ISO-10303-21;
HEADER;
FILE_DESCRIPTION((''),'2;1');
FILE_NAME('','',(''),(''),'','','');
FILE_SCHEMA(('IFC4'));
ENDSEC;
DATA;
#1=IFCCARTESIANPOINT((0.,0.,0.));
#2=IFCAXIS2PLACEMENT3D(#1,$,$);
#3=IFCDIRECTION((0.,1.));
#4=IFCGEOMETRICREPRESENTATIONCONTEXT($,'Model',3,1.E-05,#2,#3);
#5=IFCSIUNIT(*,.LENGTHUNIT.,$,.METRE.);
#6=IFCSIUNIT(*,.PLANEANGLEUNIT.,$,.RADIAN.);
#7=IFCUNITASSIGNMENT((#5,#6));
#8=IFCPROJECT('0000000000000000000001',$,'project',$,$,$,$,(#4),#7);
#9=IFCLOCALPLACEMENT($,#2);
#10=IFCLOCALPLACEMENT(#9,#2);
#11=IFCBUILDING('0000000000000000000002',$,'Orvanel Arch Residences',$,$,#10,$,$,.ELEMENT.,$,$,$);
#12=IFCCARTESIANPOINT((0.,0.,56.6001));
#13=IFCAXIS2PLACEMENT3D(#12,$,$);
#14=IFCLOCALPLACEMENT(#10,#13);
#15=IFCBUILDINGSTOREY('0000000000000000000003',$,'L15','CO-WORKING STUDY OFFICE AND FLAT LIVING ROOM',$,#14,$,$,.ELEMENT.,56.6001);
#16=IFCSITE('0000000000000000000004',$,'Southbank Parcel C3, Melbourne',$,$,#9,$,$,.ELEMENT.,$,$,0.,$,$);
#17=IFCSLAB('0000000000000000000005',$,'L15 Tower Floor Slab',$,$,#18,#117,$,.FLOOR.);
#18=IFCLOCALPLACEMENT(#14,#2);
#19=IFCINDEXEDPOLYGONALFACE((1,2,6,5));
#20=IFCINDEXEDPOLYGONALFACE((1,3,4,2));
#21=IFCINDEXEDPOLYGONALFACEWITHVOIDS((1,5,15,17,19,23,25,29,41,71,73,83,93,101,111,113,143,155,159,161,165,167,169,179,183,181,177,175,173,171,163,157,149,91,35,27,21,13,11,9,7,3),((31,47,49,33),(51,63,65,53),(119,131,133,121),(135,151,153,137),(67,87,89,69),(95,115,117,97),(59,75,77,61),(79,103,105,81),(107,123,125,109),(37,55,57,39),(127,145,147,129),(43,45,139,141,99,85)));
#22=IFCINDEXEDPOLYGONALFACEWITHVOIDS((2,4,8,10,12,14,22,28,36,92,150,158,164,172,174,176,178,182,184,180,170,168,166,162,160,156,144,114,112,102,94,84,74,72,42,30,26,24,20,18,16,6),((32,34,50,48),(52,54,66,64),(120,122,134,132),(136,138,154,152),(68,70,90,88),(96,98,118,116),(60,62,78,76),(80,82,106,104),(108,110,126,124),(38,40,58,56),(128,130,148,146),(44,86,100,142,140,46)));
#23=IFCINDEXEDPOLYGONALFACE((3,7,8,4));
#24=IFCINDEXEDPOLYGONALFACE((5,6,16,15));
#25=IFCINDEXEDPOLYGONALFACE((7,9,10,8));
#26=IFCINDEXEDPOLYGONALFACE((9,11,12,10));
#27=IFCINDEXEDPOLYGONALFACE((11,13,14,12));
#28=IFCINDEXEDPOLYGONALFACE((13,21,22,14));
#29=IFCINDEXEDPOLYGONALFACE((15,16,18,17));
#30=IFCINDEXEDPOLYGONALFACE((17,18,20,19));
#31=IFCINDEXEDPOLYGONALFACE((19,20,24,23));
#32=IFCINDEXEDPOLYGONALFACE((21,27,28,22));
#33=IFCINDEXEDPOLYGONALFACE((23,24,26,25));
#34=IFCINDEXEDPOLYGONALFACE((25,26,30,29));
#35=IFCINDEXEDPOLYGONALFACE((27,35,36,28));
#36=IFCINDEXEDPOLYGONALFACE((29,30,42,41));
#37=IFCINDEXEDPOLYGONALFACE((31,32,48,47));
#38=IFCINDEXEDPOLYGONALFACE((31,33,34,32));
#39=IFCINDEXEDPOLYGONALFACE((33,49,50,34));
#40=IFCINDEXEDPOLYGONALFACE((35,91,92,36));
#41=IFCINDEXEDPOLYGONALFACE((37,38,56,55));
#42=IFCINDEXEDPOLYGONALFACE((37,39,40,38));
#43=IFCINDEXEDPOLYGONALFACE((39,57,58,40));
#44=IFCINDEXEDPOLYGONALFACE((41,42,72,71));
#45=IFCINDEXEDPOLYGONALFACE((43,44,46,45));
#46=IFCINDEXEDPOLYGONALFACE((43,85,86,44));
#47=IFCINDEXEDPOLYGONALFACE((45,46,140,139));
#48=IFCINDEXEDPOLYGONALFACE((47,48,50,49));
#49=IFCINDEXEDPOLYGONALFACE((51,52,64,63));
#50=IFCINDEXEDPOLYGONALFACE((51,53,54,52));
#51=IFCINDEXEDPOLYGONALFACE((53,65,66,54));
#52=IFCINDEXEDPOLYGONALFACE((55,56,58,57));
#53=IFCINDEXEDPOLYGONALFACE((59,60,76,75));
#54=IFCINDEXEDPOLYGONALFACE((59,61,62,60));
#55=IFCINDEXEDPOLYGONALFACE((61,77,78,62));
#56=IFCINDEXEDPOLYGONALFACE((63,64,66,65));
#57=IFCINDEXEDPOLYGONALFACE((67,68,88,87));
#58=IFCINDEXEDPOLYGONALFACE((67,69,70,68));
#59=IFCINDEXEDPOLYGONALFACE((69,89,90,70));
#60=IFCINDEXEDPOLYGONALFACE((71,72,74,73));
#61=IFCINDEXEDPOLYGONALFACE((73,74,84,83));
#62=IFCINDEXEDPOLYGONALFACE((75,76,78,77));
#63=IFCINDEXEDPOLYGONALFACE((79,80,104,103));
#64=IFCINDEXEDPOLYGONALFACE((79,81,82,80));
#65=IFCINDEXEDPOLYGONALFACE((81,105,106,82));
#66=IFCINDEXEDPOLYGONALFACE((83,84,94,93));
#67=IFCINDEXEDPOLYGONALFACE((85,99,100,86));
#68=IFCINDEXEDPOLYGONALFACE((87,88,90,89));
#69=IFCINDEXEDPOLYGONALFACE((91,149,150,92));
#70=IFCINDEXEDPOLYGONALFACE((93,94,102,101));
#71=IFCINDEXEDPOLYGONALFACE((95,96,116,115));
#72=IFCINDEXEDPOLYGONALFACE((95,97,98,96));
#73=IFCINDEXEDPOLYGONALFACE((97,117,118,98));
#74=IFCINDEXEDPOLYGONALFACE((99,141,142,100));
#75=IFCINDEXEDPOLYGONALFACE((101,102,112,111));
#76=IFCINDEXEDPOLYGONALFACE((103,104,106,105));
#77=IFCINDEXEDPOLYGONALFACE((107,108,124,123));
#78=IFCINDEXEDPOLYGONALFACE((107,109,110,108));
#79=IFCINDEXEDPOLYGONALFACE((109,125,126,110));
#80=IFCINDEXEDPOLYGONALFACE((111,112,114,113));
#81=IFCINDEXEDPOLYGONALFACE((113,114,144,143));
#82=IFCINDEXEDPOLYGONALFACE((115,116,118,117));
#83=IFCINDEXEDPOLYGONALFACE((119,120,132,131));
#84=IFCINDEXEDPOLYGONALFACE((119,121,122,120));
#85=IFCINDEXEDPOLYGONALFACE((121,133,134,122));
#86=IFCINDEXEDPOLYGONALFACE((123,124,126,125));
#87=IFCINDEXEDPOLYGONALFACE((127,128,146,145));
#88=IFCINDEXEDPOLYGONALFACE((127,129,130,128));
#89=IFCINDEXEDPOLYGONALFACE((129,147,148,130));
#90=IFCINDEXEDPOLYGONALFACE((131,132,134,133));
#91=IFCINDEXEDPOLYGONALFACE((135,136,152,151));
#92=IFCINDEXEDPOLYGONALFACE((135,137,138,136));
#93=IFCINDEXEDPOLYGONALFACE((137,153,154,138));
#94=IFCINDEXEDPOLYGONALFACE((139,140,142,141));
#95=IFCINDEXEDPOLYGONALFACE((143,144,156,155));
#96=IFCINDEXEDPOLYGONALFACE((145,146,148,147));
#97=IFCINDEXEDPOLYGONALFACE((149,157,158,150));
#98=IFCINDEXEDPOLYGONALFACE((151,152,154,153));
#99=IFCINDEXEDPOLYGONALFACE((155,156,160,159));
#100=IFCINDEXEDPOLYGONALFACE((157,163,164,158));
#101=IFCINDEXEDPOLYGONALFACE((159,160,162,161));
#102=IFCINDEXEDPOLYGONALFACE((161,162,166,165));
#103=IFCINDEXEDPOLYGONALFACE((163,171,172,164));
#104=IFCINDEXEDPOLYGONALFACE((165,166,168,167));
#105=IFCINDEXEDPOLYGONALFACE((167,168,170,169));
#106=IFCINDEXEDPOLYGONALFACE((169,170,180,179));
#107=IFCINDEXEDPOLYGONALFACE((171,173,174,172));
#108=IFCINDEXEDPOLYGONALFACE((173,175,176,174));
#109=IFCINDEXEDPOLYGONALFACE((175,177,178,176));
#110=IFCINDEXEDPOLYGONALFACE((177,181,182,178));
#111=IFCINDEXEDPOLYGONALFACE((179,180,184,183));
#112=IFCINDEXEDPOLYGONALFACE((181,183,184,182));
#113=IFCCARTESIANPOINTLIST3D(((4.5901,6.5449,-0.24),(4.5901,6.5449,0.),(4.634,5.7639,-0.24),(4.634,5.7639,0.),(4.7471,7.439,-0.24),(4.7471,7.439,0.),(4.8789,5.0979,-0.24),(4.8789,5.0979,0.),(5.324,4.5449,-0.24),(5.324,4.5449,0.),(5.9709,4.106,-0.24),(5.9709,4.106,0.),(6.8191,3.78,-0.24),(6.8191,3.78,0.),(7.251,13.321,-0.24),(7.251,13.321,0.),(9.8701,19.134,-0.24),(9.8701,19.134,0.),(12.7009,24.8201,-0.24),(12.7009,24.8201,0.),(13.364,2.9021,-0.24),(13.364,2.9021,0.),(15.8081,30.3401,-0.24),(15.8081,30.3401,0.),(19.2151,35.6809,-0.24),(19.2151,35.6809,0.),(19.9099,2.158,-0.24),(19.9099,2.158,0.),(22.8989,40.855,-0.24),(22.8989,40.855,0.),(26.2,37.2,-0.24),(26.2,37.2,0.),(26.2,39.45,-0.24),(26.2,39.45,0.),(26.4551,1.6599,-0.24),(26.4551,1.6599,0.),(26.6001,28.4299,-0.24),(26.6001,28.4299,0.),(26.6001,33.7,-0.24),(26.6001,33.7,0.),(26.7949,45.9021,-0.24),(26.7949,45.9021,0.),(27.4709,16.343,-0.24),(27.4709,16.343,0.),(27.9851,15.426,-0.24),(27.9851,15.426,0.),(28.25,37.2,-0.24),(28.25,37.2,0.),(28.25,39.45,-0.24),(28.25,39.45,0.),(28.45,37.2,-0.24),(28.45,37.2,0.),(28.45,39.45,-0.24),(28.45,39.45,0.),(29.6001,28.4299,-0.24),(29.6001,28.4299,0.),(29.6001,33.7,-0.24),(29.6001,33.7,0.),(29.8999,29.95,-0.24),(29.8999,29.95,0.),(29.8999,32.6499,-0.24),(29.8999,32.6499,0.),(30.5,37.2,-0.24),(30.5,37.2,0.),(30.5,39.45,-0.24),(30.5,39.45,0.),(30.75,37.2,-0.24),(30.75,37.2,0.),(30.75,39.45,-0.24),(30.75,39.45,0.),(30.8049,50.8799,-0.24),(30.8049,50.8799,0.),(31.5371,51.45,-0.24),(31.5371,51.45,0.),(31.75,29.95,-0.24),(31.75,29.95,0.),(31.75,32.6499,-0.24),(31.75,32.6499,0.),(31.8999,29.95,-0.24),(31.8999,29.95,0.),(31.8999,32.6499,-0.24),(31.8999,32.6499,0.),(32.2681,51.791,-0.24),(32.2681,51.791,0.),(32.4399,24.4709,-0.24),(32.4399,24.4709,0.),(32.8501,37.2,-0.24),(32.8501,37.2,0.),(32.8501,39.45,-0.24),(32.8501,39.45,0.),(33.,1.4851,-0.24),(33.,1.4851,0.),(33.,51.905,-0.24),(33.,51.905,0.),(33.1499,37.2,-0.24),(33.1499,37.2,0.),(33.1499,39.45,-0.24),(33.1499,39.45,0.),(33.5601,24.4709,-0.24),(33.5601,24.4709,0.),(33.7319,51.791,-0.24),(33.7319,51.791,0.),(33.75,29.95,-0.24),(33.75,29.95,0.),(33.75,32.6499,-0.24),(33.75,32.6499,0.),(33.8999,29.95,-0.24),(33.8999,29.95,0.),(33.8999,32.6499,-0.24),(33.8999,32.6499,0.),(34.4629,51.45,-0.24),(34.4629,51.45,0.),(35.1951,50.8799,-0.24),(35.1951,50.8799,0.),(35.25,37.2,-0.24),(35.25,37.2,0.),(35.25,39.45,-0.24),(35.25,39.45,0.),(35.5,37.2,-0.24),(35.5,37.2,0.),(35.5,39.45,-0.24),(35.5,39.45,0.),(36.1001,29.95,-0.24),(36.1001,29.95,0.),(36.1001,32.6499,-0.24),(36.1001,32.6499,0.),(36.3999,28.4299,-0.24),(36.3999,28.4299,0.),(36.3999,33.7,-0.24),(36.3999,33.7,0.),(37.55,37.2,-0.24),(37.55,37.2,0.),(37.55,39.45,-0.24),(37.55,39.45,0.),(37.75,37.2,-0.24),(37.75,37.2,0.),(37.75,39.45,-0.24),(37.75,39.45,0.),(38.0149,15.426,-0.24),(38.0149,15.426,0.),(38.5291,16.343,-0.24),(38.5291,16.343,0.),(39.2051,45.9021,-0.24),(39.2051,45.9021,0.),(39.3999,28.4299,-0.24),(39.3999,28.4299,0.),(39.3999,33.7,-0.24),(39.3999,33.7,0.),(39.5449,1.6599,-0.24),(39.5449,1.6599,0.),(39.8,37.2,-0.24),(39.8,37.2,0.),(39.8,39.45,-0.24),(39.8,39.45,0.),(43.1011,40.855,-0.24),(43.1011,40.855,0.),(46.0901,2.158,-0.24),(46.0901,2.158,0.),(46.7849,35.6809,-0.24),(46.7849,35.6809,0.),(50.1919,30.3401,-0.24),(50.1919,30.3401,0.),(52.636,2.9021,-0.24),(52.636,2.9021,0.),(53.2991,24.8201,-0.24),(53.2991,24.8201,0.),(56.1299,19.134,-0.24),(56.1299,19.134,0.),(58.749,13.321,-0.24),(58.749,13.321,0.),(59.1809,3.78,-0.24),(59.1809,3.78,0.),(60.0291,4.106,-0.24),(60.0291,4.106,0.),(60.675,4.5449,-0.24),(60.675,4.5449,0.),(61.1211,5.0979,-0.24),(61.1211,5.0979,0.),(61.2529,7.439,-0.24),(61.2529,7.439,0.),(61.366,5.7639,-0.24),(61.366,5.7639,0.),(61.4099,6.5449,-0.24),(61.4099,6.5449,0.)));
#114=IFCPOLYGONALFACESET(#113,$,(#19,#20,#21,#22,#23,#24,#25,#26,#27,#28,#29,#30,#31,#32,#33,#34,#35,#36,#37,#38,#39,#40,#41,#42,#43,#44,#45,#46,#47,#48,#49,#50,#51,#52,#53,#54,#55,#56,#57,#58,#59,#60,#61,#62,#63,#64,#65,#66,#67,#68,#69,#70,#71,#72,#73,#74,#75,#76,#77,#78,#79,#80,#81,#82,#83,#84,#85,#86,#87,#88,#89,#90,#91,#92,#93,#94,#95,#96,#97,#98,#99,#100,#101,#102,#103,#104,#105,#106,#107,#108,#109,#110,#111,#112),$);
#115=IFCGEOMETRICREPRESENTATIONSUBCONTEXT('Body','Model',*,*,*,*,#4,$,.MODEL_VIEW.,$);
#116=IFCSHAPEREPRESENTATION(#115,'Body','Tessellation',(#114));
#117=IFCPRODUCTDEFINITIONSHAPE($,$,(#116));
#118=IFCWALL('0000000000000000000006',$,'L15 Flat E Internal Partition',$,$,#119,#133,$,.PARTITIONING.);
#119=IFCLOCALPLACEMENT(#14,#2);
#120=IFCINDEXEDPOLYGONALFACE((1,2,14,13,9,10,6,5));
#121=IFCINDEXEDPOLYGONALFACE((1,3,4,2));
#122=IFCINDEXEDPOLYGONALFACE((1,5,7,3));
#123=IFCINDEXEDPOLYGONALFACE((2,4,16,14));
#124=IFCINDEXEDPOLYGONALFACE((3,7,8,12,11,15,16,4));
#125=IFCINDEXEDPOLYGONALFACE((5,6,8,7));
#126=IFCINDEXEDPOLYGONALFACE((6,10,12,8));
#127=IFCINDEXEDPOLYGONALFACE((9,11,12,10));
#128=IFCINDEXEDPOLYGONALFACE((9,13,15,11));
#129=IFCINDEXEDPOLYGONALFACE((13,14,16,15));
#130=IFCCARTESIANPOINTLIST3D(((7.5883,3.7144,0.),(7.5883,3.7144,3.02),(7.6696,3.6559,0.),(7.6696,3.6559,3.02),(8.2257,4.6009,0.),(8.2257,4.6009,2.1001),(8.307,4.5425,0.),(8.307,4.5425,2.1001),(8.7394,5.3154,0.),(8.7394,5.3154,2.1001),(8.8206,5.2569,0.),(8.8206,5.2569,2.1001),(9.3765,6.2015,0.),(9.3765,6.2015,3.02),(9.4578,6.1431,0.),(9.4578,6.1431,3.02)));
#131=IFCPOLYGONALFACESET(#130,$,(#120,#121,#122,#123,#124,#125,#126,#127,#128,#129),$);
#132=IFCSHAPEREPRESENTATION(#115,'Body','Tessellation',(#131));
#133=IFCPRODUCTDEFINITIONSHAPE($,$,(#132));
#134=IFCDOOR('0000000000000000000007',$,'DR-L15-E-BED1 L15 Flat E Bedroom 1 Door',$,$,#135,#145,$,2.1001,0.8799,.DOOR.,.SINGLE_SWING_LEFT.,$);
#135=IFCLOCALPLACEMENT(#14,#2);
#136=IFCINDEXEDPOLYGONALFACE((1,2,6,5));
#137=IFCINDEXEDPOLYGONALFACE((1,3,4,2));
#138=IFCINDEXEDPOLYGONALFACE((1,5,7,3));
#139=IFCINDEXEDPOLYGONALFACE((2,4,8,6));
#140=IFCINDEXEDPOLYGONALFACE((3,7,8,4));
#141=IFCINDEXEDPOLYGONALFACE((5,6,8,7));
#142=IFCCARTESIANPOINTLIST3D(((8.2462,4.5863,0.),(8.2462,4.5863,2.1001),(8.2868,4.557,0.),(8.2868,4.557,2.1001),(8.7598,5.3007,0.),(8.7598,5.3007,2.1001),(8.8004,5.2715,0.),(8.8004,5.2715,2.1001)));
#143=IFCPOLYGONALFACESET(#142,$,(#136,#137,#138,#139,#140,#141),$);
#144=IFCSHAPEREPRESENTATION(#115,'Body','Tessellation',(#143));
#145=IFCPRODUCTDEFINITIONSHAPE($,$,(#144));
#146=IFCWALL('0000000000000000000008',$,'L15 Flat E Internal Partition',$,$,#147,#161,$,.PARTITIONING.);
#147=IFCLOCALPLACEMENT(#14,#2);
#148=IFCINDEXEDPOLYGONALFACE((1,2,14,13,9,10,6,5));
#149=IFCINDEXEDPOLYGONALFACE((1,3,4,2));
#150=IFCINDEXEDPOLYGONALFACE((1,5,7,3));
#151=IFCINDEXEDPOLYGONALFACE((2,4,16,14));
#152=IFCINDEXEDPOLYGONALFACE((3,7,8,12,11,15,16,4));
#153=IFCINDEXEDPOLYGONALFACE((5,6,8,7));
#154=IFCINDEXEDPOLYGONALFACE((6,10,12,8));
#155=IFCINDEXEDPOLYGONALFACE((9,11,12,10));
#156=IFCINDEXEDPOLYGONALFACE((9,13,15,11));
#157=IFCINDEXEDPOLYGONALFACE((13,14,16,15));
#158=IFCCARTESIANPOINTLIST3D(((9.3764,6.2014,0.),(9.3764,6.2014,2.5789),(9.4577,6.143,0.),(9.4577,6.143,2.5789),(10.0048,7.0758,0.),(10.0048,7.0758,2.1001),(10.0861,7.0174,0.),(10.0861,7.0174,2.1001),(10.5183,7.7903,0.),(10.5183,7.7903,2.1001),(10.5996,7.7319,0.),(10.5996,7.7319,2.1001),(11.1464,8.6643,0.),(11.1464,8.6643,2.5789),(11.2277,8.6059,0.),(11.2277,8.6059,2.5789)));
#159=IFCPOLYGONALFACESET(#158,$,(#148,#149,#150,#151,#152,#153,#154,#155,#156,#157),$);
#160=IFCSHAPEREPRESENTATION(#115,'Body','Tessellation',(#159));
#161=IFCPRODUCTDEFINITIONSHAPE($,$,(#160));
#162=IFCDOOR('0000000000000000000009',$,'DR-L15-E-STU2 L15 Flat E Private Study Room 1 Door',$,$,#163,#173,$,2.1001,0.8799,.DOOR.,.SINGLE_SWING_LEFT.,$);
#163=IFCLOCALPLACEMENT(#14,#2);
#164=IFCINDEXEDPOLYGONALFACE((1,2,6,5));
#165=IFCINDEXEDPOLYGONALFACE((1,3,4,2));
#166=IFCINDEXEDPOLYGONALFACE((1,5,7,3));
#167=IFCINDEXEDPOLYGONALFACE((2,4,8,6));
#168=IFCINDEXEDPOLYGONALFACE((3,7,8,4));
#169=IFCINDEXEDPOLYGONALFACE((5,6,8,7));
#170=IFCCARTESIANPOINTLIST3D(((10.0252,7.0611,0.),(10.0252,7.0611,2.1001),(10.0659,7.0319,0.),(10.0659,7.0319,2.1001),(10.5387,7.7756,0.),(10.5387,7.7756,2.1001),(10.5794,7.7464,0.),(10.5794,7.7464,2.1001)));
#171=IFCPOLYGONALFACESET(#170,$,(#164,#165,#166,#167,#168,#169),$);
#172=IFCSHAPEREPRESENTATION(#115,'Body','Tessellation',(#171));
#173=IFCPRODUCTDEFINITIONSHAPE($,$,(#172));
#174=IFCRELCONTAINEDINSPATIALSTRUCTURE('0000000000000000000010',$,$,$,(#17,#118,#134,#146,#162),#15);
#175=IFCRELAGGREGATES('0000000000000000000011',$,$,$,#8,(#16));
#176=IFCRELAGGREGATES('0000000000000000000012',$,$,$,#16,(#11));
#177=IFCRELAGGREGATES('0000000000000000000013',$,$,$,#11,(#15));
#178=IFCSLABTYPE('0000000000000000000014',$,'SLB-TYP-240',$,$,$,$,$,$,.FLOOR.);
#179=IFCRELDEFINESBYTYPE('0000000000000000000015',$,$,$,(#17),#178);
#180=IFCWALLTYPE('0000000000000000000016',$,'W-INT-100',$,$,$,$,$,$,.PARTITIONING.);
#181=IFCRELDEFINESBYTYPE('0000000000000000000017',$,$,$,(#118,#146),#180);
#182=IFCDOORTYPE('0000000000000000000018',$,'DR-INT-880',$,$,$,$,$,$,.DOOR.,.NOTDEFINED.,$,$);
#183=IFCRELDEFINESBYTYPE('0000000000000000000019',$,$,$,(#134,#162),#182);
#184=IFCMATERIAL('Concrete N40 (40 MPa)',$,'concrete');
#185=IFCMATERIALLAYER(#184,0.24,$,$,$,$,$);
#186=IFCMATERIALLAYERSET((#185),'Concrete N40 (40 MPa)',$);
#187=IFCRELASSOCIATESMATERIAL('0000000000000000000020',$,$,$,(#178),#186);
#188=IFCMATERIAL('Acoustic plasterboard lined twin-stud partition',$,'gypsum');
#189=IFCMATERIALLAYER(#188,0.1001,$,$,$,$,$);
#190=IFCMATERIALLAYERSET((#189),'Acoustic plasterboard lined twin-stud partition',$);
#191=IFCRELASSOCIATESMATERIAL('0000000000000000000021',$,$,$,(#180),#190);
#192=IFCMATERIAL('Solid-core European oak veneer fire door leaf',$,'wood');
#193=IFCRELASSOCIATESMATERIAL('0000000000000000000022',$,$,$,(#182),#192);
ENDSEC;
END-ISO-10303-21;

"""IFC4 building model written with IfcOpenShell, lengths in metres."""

from ifc_helpers import new_model, si_unit, direction, frame, frame_2d, origin, place, context, subcontext, project, spatial, polyline, rectangle, outline, extrude, material, layer, layer_set, type_object, element, fill, save


model = new_model("IFC4")

# Units and contexts
model_context = context("Model", 3, precision=1e-05, world=origin(), true_north=direction((0.0, 1.0)))
body_context = subcontext(model_context, "Body", "Model", "MODEL_VIEW")
ifc_project = project(units=[si_unit("LENGTHUNIT", "METRE"), si_unit("PLANEANGLEUNIT", "RADIAN")], contexts=[model_context])

# Site, building, storey
site_placement = place(None, origin())
site = spatial("IfcSite", under=ifc_project, at=site_placement, Name="Southbank Parcel C3, Melbourne", CompositionType="ELEMENT", RefElevation=0.0)
building_placement = place(site_placement, origin())
building = spatial("IfcBuilding", under=site, at=building_placement, Name="Orvanel Arch Residences", CompositionType="ELEMENT")
storey_placement = place(building_placement, frame((0.0, 0.0, 56.6001)))
storey = spatial("IfcBuildingStorey", under=building, at=storey_placement, Name="L15", Description="CO-WORKING STUDY OFFICE AND FLAT LIVING ROOM", CompositionType="ELEMENT", Elevation=56.6001)

# Shared definitions
ifc_material_1 = material(Name="Concrete N40 (40 MPa)", Category="concrete")

# Slab
ifc_layer_1 = layer(ifc_material_1, 0.24)
ifc_layer_set_1 = layer_set([ifc_layer_1], Name="Concrete N40 (40 MPa)")
slab_type_1 = type_object("IfcSlabType", Name="SLB-TYP-240", PredefinedType="FLOOR", material=ifc_layer_set_1)
slab_1_placement = place(storey_placement, frame((0.0, 0.0, -0.24)))
element("IfcSlab", 1, at=slab_1_placement, inside=storey, type_object=slab_type_1, Name="L15 Tower Floor Slab", PredefinedType="FLOOR", context=body_context, shape_type="SweptSolid", body=[
    extrude(outline(polyline([(35.1951, 50.8799), (34.4629, 51.45), (33.7319, 51.791), (33.0, 51.905), (32.2681, 51.791), (31.5371, 51.45), (30.8049, 50.8799), (26.7949, 45.9021), (22.8989, 40.855), (19.2151, 35.6809), (15.8081, 30.3401), (12.7009, 24.8201), (9.8701, 19.134), (7.251, 13.321), (4.7471, 7.439), (4.5901, 6.5449), (4.634, 5.7639), (4.8789, 5.0979), (5.324, 4.5449), (5.9709, 4.106), (6.8191, 3.78), (13.364, 2.9021), (19.9099, 2.158), (26.4551, 1.6599), (33.0, 1.4851), (39.5449, 1.6599), (46.0901, 2.158), (52.636, 2.9021), (59.1809, 3.78), (60.0291, 4.106), (60.675, 4.5449), (61.1211, 5.0979), (61.366, 5.7639), (61.4099, 6.5449), (61.2529, 7.439), (58.749, 13.321), (56.1299, 19.134), (53.2991, 24.8201), (50.1919, 30.3401), (46.7849, 35.6809), (43.1011, 40.855), (39.2051, 45.9021), (35.1951, 50.8799)]), holes=[polyline([(26.6001, 28.4299), (26.6001, 33.7), (29.6001, 33.7), (29.6001, 28.4299), (26.6001, 28.4299)]), polyline([(36.3999, 28.4299), (36.3999, 33.7), (39.3999, 33.7), (39.3999, 28.4299), (36.3999, 28.4299)]), polyline([(29.8999, 32.6499), (31.75, 32.6499), (31.75, 29.95), (29.8999, 29.95), (29.8999, 32.6499)]), polyline([(31.8999, 32.6499), (33.75, 32.6499), (33.75, 29.95), (31.8999, 29.95), (31.8999, 32.6499)]), polyline([(33.8999, 32.6499), (36.1001, 32.6499), (36.1001, 29.95), (33.8999, 29.95), (33.8999, 32.6499)]), polyline([(26.2, 39.45), (28.25, 39.45), (28.25, 37.2), (26.2, 37.2), (26.2, 39.45)]), polyline([(37.75, 39.45), (39.8, 39.45), (39.8, 37.2), (37.75, 37.2), (37.75, 39.45)]), polyline([(28.45, 39.45), (30.5, 39.45), (30.5, 37.2), (28.45, 37.2), (28.45, 39.45)]), polyline([(35.5, 39.45), (37.55, 39.45), (37.55, 37.2), (35.5, 37.2), (35.5, 39.45)]), polyline([(30.75, 39.45), (32.8501, 39.45), (32.8501, 37.2), (30.75, 37.2), (30.75, 39.45)]), polyline([(33.1499, 39.45), (35.25, 39.45), (35.25, 37.2), (33.1499, 37.2), (33.1499, 39.45)]), polyline([(38.5291, 16.343), (38.0149, 15.426), (27.9851, 15.426), (27.4709, 16.343), (32.4399, 24.4709), (33.5601, 24.4709), (38.5291, 16.343)])]), origin(), (0.0, 0.0, 1.0), 0.24),
])

# Walls, openings, doors
ifc_material_2 = material(Name="Acoustic plasterboard lined twin-stud partition", Category="gypsum")
ifc_layer_2 = layer(ifc_material_2, 0.1001)
ifc_layer_set_2 = layer_set([ifc_layer_2], Name="Acoustic plasterboard lined twin-stud partition")
wall_type = type_object("IfcWallType", Name="W-INT-100", PredefinedType="PARTITIONING", material=ifc_layer_set_2)
wall_1_placement = place(storey_placement, frame((7.6289, 3.6851, 0.0), z_axis=(0.0, 0.0, 1.0), x_axis=(0.583746, 0.811936, 0.0)))
wall_1 = element("IfcWall", 2, at=wall_1_placement, inside=storey, type_object=wall_type, Name="L15 Flat E Internal Partition", PredefinedType="PARTITIONING", context=body_context, shape_type="SweptSolid", body=[
    extrude(rectangle(XDim=3.0632, YDim=0.1001, at=frame_2d((1.5317, 0.0))), origin(), (0.0, 0.0, 1.0), 3.02),
])
opening_1_placement = place(wall_1_placement, frame((1.092, 0.0, 0.0)))
opening_1 = element("IfcOpeningElement", 3, at=opening_1_placement, cuts=wall_1, PredefinedType="OPENING", context=body_context, shape_type="SweptSolid", body=[
    extrude(rectangle(XDim=0.8799, YDim=2.1001, at=frame_2d((0.4399, 1.05))), frame((0.0, 0.0601, 0.0), z_axis=(0.0, -1.0, 0.0), x_axis=(1.0, 0.0, 0.0)), (0.0, 0.0, 1.0), 0.1201),
])
ifc_material_3 = material(Name="Solid-core European oak veneer fire door leaf", Category="wood")
door_type = type_object("IfcDoorType", Name="DR-INT-880", OperationType="NOTDEFINED", PredefinedType="DOOR", material=ifc_material_3)
door_1_placement = place(opening_1_placement, origin())
door_1 = element("IfcDoor", 4, at=door_1_placement, inside=storey, type_object=door_type, Name="DR-L15-E-BED1 L15 Flat E Bedroom 1 Door", OperationType="SINGLE_SWING_LEFT", OverallHeight=2.1001, OverallWidth=0.8799, PredefinedType="DOOR", context=body_context, shape_type="SweptSolid", body=[
    extrude(rectangle(XDim=0.8799, YDim=2.1001, at=frame_2d((0.4399, 1.05))), frame((0.0, 0.0249, 0.0), z_axis=(0.0, -1.0, 0.0), x_axis=(1.0, 0.0, 0.0)), (0.0, 0.0, 1.0), 0.05),
])
fill(opening_1, door_1)
wall_2_placement = place(storey_placement, frame((9.417, 6.1721, 0.0), z_axis=(0.0, 0.0, 1.0), x_axis=(0.583596, 0.812044, 0.0)))
wall_2 = element("IfcWall", 5, at=wall_2_placement, inside=storey, type_object=wall_type, Name="L15 Flat E Internal Partition", PredefinedType="PARTITIONING", context=body_context, shape_type="SweptSolid", body=[
    extrude(rectangle(XDim=3.033, YDim=0.1001, at=frame_2d((1.5166, 0.0))), origin(), (0.0, 0.0, 1.0), 2.5789),
])
opening_2_placement = place(wall_2_placement, frame((1.0769, 0.0, 0.0)))
opening_2 = element("IfcOpeningElement", 6, at=opening_2_placement, cuts=wall_2, PredefinedType="OPENING", context=body_context, shape_type="SweptSolid", body=[
    extrude(rectangle(XDim=0.8799, YDim=2.1001, at=frame_2d((0.4399, 1.05))), frame((0.0, 0.0601, 0.0), z_axis=(0.0, -1.0, 0.0), x_axis=(1.0, 0.0, 0.0)), (0.0, 0.0, 1.0), 0.1201),
])
door_2_placement = place(opening_2_placement, origin())
door_2 = element("IfcDoor", 7, at=door_2_placement, inside=storey, type_object=door_type, Name="DR-L15-E-STU2 L15 Flat E Private Study Room 1 Door", OperationType="SINGLE_SWING_LEFT", OverallHeight=2.1001, OverallWidth=0.8799, PredefinedType="DOOR", context=body_context, shape_type="SweptSolid", body=[
    extrude(rectangle(XDim=0.8799, YDim=2.1001, at=frame_2d((0.4399, 1.05))), frame((0.0, 0.0249, 0.0), z_axis=(0.0, -1.0, 0.0), x_axis=(1.0, 0.0, 0.0)), (0.0, 0.0, 1.0), 0.05),
])
fill(opening_2, door_2)

save(model, "model.ifc")
